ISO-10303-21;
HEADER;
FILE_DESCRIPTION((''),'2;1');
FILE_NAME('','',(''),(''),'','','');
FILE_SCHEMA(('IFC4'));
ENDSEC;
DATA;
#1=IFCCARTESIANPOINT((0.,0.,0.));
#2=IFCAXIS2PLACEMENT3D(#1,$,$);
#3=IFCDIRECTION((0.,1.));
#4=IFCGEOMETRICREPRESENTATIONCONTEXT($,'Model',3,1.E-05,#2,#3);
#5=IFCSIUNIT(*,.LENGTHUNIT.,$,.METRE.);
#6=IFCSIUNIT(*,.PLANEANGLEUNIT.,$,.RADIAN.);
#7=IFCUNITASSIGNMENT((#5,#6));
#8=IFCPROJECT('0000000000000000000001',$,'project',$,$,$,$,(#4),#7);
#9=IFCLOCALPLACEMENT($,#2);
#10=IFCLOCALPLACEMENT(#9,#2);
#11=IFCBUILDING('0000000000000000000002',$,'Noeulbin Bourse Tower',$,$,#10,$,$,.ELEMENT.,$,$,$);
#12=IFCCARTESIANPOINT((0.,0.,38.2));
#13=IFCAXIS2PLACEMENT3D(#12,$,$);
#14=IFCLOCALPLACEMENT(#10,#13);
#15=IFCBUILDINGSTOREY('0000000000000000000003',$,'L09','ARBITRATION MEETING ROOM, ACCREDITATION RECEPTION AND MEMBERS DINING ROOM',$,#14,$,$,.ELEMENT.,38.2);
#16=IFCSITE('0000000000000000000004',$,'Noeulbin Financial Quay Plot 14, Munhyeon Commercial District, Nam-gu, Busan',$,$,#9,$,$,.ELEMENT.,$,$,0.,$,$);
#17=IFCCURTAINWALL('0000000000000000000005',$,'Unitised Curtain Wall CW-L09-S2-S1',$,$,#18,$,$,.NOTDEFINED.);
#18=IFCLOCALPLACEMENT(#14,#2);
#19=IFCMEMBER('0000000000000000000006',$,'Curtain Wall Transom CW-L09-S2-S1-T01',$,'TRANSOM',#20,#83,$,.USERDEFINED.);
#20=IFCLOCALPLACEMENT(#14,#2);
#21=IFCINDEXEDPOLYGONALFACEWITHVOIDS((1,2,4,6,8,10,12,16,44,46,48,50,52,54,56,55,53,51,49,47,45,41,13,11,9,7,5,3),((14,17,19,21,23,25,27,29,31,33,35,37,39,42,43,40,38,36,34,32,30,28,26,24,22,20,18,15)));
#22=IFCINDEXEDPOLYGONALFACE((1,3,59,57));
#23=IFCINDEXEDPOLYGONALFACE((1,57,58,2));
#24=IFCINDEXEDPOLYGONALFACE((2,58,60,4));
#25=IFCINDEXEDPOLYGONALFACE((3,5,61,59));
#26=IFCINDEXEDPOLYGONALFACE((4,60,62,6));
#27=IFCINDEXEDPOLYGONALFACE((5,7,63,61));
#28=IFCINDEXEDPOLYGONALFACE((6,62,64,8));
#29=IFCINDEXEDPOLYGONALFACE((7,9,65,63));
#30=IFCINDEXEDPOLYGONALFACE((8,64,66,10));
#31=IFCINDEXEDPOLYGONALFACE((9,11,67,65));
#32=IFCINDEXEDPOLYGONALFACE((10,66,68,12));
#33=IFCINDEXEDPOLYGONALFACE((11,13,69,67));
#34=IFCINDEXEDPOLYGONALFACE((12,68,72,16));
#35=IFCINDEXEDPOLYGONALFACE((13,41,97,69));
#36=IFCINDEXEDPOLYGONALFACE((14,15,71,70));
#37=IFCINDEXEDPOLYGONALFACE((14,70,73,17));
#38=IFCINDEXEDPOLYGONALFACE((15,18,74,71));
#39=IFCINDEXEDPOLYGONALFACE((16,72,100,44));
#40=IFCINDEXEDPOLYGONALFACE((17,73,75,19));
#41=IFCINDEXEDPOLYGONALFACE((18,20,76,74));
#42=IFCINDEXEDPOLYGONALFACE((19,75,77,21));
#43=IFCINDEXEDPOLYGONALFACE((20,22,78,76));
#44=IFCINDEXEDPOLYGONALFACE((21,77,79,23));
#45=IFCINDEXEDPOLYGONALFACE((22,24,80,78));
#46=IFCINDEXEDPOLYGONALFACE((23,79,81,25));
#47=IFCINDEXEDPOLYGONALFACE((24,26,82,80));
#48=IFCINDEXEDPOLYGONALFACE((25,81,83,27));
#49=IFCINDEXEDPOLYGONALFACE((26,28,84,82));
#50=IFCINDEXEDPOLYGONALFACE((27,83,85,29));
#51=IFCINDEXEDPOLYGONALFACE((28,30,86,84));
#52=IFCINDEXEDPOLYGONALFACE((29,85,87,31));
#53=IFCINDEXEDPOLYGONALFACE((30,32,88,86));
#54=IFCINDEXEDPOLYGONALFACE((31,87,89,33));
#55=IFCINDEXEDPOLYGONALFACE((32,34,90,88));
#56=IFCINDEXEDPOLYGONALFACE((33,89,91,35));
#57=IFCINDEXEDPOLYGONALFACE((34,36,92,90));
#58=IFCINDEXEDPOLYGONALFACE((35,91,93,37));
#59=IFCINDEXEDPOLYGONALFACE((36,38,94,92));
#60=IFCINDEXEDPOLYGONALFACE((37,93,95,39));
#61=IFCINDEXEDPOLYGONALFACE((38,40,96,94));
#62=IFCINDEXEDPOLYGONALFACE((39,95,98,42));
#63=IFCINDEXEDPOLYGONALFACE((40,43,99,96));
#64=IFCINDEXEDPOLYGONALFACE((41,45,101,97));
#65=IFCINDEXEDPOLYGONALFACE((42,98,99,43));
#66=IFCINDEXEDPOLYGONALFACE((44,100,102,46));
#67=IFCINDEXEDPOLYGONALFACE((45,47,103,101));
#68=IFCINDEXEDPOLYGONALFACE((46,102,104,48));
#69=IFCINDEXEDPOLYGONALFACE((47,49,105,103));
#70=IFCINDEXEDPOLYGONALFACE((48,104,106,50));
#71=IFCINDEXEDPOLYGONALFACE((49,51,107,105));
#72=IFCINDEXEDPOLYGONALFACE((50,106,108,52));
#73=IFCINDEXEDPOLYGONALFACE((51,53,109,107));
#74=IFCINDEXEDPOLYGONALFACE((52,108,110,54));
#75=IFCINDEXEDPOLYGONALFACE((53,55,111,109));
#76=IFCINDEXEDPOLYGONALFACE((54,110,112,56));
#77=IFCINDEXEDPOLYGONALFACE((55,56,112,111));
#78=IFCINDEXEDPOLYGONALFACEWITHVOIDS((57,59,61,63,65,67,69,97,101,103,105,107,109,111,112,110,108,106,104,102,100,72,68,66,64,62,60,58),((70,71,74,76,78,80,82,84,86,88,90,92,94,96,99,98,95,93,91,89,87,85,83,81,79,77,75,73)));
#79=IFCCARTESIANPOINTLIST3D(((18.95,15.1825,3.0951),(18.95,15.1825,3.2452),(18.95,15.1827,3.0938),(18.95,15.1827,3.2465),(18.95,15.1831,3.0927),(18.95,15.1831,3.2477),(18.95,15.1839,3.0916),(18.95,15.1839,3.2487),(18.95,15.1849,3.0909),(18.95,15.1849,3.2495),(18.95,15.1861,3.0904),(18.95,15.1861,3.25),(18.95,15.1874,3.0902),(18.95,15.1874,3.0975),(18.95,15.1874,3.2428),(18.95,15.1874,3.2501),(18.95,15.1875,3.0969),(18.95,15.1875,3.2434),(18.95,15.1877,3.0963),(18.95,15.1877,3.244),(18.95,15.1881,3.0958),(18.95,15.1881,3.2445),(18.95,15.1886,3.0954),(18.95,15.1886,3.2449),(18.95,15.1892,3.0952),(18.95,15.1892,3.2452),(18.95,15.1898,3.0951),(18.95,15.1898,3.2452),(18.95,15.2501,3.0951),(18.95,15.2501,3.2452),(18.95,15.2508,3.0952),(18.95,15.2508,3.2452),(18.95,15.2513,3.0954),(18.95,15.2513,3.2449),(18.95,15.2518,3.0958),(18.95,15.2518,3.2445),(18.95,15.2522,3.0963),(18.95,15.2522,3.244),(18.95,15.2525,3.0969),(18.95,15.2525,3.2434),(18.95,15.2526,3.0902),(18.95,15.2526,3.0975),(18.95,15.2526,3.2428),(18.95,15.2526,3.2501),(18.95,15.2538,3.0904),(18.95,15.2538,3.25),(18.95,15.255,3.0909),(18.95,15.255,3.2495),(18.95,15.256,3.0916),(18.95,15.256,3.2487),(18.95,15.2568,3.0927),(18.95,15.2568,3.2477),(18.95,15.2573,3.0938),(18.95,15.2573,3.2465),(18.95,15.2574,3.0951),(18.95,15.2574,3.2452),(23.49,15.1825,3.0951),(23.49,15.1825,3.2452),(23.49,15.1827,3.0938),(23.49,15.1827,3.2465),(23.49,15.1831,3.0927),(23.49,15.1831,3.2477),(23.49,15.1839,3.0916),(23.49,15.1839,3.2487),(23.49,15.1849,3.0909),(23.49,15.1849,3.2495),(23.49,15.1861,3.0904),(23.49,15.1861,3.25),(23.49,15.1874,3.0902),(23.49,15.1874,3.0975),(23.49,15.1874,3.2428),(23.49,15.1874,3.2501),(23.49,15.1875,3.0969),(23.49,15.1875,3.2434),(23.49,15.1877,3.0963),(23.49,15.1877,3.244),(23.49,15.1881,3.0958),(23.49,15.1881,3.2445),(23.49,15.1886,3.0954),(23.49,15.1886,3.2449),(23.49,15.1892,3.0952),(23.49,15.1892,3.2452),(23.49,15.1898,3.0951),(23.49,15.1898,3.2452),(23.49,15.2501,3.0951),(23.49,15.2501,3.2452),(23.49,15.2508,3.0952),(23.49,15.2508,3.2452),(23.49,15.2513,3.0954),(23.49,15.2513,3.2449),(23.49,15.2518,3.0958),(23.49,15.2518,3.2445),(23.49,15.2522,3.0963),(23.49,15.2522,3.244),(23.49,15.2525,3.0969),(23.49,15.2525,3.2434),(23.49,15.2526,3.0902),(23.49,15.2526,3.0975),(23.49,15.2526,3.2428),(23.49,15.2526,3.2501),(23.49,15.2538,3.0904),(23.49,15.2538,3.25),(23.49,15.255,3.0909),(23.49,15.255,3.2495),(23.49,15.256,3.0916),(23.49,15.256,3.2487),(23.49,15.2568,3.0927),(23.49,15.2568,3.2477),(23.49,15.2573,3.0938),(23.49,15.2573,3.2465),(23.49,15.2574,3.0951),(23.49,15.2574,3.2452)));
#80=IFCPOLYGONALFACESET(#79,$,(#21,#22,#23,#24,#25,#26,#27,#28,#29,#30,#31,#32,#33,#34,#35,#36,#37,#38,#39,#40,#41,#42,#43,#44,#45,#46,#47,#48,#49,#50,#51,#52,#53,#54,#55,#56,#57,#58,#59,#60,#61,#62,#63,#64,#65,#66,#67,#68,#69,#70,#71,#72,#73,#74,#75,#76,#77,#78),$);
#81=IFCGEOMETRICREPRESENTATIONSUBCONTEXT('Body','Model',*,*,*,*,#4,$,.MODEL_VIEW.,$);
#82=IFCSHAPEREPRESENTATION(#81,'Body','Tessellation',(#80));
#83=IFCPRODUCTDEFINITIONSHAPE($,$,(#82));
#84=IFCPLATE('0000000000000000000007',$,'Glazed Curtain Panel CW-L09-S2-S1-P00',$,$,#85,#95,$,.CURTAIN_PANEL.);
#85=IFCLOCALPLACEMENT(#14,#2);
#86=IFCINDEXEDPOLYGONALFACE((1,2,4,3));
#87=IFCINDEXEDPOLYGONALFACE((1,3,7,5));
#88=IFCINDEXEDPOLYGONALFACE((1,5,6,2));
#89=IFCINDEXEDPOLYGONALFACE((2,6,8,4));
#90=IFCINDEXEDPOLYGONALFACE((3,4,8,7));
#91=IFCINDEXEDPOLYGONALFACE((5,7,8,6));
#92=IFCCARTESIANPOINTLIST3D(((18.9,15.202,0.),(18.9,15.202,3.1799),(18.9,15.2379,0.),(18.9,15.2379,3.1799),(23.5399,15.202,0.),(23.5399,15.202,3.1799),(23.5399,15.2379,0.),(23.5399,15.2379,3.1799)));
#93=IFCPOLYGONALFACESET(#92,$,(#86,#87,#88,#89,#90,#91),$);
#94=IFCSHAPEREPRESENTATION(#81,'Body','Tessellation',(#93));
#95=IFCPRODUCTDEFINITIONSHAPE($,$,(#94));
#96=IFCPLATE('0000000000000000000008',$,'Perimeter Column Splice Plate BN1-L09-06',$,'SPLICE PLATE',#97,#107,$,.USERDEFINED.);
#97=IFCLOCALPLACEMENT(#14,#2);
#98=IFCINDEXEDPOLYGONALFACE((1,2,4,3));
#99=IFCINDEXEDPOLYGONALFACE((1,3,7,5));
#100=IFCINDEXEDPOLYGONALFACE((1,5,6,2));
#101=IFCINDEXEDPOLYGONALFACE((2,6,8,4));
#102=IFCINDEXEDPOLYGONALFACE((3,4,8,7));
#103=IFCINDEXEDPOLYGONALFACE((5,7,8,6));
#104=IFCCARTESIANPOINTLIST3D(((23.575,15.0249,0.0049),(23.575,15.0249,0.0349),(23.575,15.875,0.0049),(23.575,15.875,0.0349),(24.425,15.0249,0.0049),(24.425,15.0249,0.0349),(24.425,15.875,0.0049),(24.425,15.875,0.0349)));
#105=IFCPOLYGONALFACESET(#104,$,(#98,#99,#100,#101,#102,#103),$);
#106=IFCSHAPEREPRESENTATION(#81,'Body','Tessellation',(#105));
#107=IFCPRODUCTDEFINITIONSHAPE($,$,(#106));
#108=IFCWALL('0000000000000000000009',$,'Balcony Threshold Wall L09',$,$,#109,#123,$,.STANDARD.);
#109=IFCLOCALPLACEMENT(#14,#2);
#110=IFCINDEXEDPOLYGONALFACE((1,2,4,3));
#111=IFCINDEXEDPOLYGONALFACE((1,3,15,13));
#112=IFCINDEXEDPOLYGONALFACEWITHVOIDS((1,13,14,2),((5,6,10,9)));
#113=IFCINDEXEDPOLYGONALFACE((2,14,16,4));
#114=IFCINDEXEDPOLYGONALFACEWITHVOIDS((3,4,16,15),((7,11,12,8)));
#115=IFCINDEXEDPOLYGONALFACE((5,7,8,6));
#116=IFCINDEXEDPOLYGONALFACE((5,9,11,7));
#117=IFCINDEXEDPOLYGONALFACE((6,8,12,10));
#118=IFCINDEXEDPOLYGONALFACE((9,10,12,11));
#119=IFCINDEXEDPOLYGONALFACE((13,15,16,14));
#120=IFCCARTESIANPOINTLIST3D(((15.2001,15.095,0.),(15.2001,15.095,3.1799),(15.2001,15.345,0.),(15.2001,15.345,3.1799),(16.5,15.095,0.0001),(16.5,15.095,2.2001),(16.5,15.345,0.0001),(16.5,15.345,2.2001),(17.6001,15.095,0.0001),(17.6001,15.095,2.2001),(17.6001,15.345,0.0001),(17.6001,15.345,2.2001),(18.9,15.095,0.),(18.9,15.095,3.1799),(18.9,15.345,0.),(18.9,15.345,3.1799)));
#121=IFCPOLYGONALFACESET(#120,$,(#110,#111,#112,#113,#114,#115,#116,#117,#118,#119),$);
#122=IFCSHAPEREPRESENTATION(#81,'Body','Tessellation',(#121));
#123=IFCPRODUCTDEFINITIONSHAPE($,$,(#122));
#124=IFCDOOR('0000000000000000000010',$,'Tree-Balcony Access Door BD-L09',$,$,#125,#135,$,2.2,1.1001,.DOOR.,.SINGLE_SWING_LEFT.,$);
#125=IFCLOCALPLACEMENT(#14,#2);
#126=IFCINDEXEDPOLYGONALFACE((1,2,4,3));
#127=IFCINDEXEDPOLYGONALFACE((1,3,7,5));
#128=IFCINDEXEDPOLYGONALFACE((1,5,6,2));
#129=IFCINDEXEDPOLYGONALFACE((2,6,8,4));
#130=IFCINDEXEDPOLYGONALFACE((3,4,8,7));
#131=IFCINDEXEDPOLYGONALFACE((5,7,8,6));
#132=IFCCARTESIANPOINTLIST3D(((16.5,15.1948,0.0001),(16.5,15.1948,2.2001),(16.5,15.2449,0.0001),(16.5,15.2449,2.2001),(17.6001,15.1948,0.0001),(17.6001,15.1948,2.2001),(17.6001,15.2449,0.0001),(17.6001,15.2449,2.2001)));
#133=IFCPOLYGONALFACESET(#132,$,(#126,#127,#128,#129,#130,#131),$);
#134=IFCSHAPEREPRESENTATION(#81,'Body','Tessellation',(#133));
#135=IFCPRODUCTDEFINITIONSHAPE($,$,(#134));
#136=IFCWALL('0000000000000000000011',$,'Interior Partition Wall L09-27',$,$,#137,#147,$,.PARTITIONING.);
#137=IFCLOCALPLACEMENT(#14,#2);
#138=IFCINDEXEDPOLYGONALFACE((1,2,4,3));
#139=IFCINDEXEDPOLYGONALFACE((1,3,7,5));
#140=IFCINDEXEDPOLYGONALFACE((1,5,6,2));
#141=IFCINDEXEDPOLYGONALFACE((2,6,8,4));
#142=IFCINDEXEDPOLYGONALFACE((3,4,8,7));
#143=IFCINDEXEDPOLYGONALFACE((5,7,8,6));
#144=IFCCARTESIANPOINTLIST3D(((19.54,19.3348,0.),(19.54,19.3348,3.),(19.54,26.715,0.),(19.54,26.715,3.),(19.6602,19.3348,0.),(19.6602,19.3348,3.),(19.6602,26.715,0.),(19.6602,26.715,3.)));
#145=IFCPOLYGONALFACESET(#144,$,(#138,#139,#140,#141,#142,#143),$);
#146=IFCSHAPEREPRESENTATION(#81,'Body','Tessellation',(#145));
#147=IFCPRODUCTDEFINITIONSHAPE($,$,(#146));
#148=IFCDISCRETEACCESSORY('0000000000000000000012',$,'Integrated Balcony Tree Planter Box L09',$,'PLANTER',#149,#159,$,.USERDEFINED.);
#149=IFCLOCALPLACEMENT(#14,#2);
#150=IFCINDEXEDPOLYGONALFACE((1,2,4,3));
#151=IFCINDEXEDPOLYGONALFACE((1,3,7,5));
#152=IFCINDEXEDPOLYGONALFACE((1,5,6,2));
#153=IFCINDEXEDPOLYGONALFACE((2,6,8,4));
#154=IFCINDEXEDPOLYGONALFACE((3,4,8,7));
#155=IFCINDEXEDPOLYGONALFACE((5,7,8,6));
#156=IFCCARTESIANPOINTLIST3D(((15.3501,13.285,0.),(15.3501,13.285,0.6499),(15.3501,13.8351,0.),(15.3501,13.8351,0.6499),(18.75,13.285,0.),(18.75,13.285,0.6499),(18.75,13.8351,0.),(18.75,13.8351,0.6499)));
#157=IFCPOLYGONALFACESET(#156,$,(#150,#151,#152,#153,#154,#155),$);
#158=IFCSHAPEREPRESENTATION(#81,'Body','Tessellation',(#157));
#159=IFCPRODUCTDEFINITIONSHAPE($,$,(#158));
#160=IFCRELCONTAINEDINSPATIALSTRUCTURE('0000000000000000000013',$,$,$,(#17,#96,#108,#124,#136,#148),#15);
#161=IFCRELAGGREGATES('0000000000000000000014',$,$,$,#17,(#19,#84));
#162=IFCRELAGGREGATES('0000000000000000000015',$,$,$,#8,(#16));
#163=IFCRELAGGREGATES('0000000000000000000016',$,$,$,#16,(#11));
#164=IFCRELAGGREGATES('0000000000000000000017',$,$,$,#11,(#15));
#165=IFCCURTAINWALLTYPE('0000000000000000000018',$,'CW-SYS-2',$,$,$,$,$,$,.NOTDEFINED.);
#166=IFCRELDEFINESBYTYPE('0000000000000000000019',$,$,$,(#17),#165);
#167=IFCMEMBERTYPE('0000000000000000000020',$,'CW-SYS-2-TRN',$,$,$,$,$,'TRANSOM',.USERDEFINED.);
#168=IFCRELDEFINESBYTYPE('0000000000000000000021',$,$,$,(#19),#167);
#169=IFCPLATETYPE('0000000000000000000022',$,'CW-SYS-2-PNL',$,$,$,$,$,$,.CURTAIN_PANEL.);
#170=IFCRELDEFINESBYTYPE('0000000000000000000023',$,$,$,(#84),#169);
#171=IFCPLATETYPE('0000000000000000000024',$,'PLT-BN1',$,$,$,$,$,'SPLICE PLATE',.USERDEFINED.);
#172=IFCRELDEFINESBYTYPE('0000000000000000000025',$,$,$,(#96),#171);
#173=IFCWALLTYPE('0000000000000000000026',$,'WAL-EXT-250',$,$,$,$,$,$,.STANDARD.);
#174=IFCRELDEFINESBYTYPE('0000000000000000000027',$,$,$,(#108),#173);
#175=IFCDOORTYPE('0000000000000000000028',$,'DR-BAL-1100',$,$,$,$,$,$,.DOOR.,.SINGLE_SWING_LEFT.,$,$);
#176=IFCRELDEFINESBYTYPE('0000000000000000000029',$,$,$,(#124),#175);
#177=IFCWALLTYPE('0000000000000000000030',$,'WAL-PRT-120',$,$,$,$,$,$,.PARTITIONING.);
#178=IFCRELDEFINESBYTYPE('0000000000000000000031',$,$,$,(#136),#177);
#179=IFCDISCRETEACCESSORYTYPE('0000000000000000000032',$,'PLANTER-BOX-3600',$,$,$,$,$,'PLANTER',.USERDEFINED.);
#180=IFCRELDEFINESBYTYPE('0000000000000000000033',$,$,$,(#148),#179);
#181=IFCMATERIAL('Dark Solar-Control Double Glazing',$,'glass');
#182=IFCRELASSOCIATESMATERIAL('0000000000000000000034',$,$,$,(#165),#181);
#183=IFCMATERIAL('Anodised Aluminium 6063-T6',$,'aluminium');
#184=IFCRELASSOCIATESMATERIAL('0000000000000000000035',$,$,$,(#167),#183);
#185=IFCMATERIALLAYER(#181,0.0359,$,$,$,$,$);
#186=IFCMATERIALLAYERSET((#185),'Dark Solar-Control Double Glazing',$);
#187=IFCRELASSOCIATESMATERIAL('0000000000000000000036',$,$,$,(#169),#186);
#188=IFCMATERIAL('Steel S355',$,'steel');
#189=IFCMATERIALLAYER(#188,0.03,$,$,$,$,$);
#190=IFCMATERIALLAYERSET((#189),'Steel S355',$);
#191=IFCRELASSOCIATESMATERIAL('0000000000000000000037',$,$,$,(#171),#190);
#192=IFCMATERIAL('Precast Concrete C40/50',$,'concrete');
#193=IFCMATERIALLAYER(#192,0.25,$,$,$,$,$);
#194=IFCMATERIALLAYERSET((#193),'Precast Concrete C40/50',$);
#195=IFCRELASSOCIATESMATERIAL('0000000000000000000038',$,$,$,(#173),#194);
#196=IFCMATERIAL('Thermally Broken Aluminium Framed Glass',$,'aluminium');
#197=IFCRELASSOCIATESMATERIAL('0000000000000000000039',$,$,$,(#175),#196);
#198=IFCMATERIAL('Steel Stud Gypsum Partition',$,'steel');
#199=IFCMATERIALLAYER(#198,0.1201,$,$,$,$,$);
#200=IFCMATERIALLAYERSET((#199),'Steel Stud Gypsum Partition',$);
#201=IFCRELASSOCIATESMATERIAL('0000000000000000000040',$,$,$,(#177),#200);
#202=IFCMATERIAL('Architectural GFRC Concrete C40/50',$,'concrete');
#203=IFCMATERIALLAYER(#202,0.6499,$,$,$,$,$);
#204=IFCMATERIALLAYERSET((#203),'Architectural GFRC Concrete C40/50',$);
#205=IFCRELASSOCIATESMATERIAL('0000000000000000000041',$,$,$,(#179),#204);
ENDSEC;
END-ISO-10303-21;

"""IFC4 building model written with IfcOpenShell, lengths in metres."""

from ifc_helpers import new_model, si_unit, direction, frame, frame_2d, origin, origin_2d, place, context, subcontext, project, spatial, rectangle, hollow_rectangle, extrude, material, layer, layer_set, material_profile, profile_set, type_object, element, fill, aggregate, save


model = new_model("IFC4")

# Units and contexts
model_context = context("Model", 3, precision=1e-05, world=origin(), true_north=direction((0.0, 1.0)))
body_context = subcontext(model_context, "Body", "Model", "MODEL_VIEW")
ifc_project = project(units=[si_unit("LENGTHUNIT", "METRE"), si_unit("PLANEANGLEUNIT", "RADIAN")], contexts=[model_context])

# Site, building, storey
site_placement = place(None, origin())
site = spatial("IfcSite", under=ifc_project, at=site_placement, Name="Noeulbin Financial Quay Plot 14, Munhyeon Commercial District, Nam-gu, Busan", CompositionType="ELEMENT", RefElevation=0.0)
building_placement = place(site_placement, origin())
building = spatial("IfcBuilding", under=site, at=building_placement, Name="Noeulbin Bourse Tower", CompositionType="ELEMENT")
storey_placement = place(building_placement, frame((0.0, 0.0, 38.2)))
storey = spatial("IfcBuildingStorey", under=building, at=storey_placement, Name="L09", Description="ARBITRATION MEETING ROOM, ACCREDITATION RECEPTION AND MEMBERS DINING ROOM", CompositionType="ELEMENT", Elevation=38.2)

# Shared definitions
ifc_material_1 = material(Name="Steel S355", Category="steel")

# Shared definitions
ifc_material_2 = material(Name="Dark Solar-Control Double Glazing", Category="glass")
curtain_wall_type = type_object("IfcCurtainWallType", Name="CW-SYS-2", PredefinedType="NOTDEFINED", material=ifc_material_2)
ifc_material_3 = material(Name="Anodised Aluminium 6063-T6", Category="aluminium")

# Curtain wall, member, plate
curtain_wall_1_placement = place(storey_placement, origin())
curtain_wall_1 = element("IfcCurtainWall", 1, at=curtain_wall_1_placement, inside=storey, type_object=curtain_wall_type, Name="Unitised Curtain Wall CW-L09-S2-S1", PredefinedType="NOTDEFINED")
ifc_material_profile_1 = material_profile(ifc_material_3, hollow_rectangle(XDim=0.075, YDim=0.1599, WallThickness=0.0049, InnerFilletRadius=0.0024, OuterFilletRadius=0.0049, at=origin_2d()), Name="ALU-TRAN-75x160x5", Category="LoadBearing")
ifc_profile_set_1 = profile_set([ifc_material_profile_1], Name="Anodised Aluminium 6063-T6")
member_type_1 = type_object("IfcMemberType", Name="CW-SYS-2-TRN", ElementType="TRANSOM", PredefinedType="USERDEFINED", material=ifc_profile_set_1)
member_1_placement = place(storey_placement, frame((18.95, 15.22, 3.1702), z_axis=(1.0, 0.0, 0.0), x_axis=(0.0, 1.0, 0.0)))
member_1 = element("IfcMember", 2, at=member_1_placement, type_object=member_type_1, Name="Curtain Wall Transom CW-L09-S2-S1-T01", ObjectType="TRANSOM", PredefinedType="USERDEFINED", context=body_context, shape_type="SweptSolid", body=[
    extrude(hollow_rectangle(XDim=0.075, YDim=0.1599, WallThickness=0.0049, InnerFilletRadius=0.0024, OuterFilletRadius=0.0049, at=origin_2d()), origin(), (0.0, 0.0, 1.0), 4.54),
])
ifc_layer_1 = layer(ifc_material_2, 0.0359)
ifc_layer_set_1 = layer_set([ifc_layer_1], Name="Dark Solar-Control Double Glazing")
plate_type_1 = type_object("IfcPlateType", Name="CW-SYS-2-PNL", PredefinedType="CURTAIN_PANEL", material=ifc_layer_set_1)
plate_1_placement = place(storey_placement, frame((21.22, 15.22, 0.0), z_axis=(0.0, 0.0, 1.0), x_axis=(1.0, 0.0, 0.0)))
plate_1 = element("IfcPlate", 3, at=plate_1_placement, type_object=plate_type_1, Name="Glazed Curtain Panel CW-L09-S2-S1-P00", PredefinedType="CURTAIN_PANEL", context=body_context, shape_type="SweptSolid", body=[
    extrude(rectangle(XDim=4.6399, YDim=0.0359, at=origin_2d()), origin(), (0.0, 0.0, 1.0), 3.1799),
])
aggregate(curtain_wall_1, [member_1, plate_1])

# Plate
ifc_layer_2 = layer(ifc_material_1, 0.03)
ifc_layer_set_2 = layer_set([ifc_layer_2], Name="Steel S355")
plate_type_2 = type_object("IfcPlateType", Name="PLT-BN1", ElementType="SPLICE PLATE", PredefinedType="USERDEFINED", material=ifc_layer_set_2)
plate_2_placement = place(storey_placement, frame((24.0, 15.45, 0.0049), z_axis=(0.0, 0.0, 1.0), x_axis=(1.0, 0.0, 0.0)))
element("IfcPlate", 4, at=plate_2_placement, inside=storey, type_object=plate_type_2, Name="Perimeter Column Splice Plate BN1-L09-06", ObjectType="SPLICE PLATE", PredefinedType="USERDEFINED", context=body_context, shape_type="SweptSolid", body=[
    extrude(rectangle(XDim=0.8501, YDim=0.8501, at=origin_2d()), origin(), (0.0, 0.0, 1.0), 0.03),
])

# Wall, opening, door
ifc_material_4 = material(Name="Precast Concrete C40/50", Category="concrete")
ifc_layer_3 = layer(ifc_material_4, 0.25)
ifc_layer_set_3 = layer_set([ifc_layer_3], Name="Precast Concrete C40/50")
wall_type_1 = type_object("IfcWallType", Name="WAL-EXT-250", PredefinedType="STANDARD", material=ifc_layer_set_3)
wall_1_placement = place(storey_placement, frame((15.2, 15.22, 0.0), z_axis=(0.0, 0.0, 1.0), x_axis=(1.0, 0.0, 0.0)))
wall_1 = element("IfcWall", 5, at=wall_1_placement, inside=storey, type_object=wall_type_1, Name="Balcony Threshold Wall L09", PredefinedType="STANDARD", context=body_context, shape_type="SweptSolid", body=[
    extrude(rectangle(XDim=3.7, YDim=0.25, at=frame_2d((1.8501, 0.0))), origin(), (0.0, 0.0, 1.0), 3.1799),
])
opening_placement = place(wall_1_placement, frame((1.3, 0.0, 0.0)))
opening = element("IfcOpeningElement", 6, at=opening_placement, cuts=wall_1, PredefinedType="OPENING", context=body_context, shape_type="SweptSolid", body=[
    extrude(rectangle(XDim=1.1001, YDim=2.2, at=frame_2d((0.55, 1.1001))), frame((0.0, 0.135, 0.0), z_axis=(0.0, -1.0, 0.0), x_axis=(1.0, 0.0, 0.0)), (0.0, 0.0, 1.0), 0.27),
])
ifc_material_5 = material(Name="Thermally Broken Aluminium Framed Glass", Category="aluminium")
door_type = type_object("IfcDoorType", Name="DR-BAL-1100", OperationType="SINGLE_SWING_LEFT", PredefinedType="DOOR", material=ifc_material_5)
door_placement = place(opening_placement, origin())
door = element("IfcDoor", 7, at=door_placement, inside=storey, type_object=door_type, Name="Tree-Balcony Access Door BD-L09", OperationType="SINGLE_SWING_LEFT", OverallHeight=2.2, OverallWidth=1.1001, PredefinedType="DOOR", context=body_context, shape_type="SweptSolid", body=[
    extrude(rectangle(XDim=1.1001, YDim=2.2, at=frame_2d((0.55, 1.1001))), frame((0.0, 0.0249, 0.0), z_axis=(0.0, -1.0, 0.0), x_axis=(1.0, 0.0, 0.0)), (0.0, 0.0, 1.0), 0.05),
])
fill(opening, door)

# Wall
ifc_material_6 = material(Name="Steel Stud Gypsum Partition", Category="steel")
ifc_layer_4 = layer(ifc_material_6, 0.1201)
ifc_layer_set_4 = layer_set([ifc_layer_4], Name="Steel Stud Gypsum Partition")
wall_type_2 = type_object("IfcWallType", Name="WAL-PRT-120", PredefinedType="PARTITIONING", material=ifc_layer_set_4)
wall_2_placement = place(storey_placement, frame((19.6001, 19.335, 0.0), z_axis=(0.0, 0.0, 1.0), x_axis=(0.0, 1.0, 0.0)))
element("IfcWall", 8, at=wall_2_placement, inside=storey, type_object=wall_type_2, Name="Interior Partition Wall L09-27", PredefinedType="PARTITIONING", context=body_context, shape_type="SweptSolid", body=[
    extrude(rectangle(XDim=7.3801, YDim=0.1201, at=frame_2d((3.6899, 0.0))), origin(), (0.0, 0.0, 1.0), 3.0),
])

# Discrete accessory
ifc_material_7 = material(Name="Architectural GFRC Concrete C40/50", Category="concrete")
ifc_layer_5 = layer(ifc_material_7, 0.6499)
ifc_layer_set_5 = layer_set([ifc_layer_5], Name="Architectural GFRC Concrete C40/50")
discrete_accessory_type = type_object("IfcDiscreteAccessoryType", Name="PLANTER-BOX-3600", ElementType="PLANTER", PredefinedType="USERDEFINED", material=ifc_layer_set_5)
discrete_accessory_placement = place(storey_placement, frame((17.05, 13.5601, 0.0), z_axis=(0.0, 0.0, 1.0), x_axis=(1.0, 0.0, 0.0)))
element("IfcDiscreteAccessory", 9, at=discrete_accessory_placement, inside=storey, type_object=discrete_accessory_type, Name="Integrated Balcony Tree Planter Box L09", ObjectType="PLANTER", PredefinedType="USERDEFINED", context=body_context, shape_type="SweptSolid", body=[
    extrude(rectangle(XDim=3.3999, YDim=0.55, at=origin_2d()), origin(), (0.0, 0.0, 1.0), 0.6499),
])

save(model, "model.ifc")
